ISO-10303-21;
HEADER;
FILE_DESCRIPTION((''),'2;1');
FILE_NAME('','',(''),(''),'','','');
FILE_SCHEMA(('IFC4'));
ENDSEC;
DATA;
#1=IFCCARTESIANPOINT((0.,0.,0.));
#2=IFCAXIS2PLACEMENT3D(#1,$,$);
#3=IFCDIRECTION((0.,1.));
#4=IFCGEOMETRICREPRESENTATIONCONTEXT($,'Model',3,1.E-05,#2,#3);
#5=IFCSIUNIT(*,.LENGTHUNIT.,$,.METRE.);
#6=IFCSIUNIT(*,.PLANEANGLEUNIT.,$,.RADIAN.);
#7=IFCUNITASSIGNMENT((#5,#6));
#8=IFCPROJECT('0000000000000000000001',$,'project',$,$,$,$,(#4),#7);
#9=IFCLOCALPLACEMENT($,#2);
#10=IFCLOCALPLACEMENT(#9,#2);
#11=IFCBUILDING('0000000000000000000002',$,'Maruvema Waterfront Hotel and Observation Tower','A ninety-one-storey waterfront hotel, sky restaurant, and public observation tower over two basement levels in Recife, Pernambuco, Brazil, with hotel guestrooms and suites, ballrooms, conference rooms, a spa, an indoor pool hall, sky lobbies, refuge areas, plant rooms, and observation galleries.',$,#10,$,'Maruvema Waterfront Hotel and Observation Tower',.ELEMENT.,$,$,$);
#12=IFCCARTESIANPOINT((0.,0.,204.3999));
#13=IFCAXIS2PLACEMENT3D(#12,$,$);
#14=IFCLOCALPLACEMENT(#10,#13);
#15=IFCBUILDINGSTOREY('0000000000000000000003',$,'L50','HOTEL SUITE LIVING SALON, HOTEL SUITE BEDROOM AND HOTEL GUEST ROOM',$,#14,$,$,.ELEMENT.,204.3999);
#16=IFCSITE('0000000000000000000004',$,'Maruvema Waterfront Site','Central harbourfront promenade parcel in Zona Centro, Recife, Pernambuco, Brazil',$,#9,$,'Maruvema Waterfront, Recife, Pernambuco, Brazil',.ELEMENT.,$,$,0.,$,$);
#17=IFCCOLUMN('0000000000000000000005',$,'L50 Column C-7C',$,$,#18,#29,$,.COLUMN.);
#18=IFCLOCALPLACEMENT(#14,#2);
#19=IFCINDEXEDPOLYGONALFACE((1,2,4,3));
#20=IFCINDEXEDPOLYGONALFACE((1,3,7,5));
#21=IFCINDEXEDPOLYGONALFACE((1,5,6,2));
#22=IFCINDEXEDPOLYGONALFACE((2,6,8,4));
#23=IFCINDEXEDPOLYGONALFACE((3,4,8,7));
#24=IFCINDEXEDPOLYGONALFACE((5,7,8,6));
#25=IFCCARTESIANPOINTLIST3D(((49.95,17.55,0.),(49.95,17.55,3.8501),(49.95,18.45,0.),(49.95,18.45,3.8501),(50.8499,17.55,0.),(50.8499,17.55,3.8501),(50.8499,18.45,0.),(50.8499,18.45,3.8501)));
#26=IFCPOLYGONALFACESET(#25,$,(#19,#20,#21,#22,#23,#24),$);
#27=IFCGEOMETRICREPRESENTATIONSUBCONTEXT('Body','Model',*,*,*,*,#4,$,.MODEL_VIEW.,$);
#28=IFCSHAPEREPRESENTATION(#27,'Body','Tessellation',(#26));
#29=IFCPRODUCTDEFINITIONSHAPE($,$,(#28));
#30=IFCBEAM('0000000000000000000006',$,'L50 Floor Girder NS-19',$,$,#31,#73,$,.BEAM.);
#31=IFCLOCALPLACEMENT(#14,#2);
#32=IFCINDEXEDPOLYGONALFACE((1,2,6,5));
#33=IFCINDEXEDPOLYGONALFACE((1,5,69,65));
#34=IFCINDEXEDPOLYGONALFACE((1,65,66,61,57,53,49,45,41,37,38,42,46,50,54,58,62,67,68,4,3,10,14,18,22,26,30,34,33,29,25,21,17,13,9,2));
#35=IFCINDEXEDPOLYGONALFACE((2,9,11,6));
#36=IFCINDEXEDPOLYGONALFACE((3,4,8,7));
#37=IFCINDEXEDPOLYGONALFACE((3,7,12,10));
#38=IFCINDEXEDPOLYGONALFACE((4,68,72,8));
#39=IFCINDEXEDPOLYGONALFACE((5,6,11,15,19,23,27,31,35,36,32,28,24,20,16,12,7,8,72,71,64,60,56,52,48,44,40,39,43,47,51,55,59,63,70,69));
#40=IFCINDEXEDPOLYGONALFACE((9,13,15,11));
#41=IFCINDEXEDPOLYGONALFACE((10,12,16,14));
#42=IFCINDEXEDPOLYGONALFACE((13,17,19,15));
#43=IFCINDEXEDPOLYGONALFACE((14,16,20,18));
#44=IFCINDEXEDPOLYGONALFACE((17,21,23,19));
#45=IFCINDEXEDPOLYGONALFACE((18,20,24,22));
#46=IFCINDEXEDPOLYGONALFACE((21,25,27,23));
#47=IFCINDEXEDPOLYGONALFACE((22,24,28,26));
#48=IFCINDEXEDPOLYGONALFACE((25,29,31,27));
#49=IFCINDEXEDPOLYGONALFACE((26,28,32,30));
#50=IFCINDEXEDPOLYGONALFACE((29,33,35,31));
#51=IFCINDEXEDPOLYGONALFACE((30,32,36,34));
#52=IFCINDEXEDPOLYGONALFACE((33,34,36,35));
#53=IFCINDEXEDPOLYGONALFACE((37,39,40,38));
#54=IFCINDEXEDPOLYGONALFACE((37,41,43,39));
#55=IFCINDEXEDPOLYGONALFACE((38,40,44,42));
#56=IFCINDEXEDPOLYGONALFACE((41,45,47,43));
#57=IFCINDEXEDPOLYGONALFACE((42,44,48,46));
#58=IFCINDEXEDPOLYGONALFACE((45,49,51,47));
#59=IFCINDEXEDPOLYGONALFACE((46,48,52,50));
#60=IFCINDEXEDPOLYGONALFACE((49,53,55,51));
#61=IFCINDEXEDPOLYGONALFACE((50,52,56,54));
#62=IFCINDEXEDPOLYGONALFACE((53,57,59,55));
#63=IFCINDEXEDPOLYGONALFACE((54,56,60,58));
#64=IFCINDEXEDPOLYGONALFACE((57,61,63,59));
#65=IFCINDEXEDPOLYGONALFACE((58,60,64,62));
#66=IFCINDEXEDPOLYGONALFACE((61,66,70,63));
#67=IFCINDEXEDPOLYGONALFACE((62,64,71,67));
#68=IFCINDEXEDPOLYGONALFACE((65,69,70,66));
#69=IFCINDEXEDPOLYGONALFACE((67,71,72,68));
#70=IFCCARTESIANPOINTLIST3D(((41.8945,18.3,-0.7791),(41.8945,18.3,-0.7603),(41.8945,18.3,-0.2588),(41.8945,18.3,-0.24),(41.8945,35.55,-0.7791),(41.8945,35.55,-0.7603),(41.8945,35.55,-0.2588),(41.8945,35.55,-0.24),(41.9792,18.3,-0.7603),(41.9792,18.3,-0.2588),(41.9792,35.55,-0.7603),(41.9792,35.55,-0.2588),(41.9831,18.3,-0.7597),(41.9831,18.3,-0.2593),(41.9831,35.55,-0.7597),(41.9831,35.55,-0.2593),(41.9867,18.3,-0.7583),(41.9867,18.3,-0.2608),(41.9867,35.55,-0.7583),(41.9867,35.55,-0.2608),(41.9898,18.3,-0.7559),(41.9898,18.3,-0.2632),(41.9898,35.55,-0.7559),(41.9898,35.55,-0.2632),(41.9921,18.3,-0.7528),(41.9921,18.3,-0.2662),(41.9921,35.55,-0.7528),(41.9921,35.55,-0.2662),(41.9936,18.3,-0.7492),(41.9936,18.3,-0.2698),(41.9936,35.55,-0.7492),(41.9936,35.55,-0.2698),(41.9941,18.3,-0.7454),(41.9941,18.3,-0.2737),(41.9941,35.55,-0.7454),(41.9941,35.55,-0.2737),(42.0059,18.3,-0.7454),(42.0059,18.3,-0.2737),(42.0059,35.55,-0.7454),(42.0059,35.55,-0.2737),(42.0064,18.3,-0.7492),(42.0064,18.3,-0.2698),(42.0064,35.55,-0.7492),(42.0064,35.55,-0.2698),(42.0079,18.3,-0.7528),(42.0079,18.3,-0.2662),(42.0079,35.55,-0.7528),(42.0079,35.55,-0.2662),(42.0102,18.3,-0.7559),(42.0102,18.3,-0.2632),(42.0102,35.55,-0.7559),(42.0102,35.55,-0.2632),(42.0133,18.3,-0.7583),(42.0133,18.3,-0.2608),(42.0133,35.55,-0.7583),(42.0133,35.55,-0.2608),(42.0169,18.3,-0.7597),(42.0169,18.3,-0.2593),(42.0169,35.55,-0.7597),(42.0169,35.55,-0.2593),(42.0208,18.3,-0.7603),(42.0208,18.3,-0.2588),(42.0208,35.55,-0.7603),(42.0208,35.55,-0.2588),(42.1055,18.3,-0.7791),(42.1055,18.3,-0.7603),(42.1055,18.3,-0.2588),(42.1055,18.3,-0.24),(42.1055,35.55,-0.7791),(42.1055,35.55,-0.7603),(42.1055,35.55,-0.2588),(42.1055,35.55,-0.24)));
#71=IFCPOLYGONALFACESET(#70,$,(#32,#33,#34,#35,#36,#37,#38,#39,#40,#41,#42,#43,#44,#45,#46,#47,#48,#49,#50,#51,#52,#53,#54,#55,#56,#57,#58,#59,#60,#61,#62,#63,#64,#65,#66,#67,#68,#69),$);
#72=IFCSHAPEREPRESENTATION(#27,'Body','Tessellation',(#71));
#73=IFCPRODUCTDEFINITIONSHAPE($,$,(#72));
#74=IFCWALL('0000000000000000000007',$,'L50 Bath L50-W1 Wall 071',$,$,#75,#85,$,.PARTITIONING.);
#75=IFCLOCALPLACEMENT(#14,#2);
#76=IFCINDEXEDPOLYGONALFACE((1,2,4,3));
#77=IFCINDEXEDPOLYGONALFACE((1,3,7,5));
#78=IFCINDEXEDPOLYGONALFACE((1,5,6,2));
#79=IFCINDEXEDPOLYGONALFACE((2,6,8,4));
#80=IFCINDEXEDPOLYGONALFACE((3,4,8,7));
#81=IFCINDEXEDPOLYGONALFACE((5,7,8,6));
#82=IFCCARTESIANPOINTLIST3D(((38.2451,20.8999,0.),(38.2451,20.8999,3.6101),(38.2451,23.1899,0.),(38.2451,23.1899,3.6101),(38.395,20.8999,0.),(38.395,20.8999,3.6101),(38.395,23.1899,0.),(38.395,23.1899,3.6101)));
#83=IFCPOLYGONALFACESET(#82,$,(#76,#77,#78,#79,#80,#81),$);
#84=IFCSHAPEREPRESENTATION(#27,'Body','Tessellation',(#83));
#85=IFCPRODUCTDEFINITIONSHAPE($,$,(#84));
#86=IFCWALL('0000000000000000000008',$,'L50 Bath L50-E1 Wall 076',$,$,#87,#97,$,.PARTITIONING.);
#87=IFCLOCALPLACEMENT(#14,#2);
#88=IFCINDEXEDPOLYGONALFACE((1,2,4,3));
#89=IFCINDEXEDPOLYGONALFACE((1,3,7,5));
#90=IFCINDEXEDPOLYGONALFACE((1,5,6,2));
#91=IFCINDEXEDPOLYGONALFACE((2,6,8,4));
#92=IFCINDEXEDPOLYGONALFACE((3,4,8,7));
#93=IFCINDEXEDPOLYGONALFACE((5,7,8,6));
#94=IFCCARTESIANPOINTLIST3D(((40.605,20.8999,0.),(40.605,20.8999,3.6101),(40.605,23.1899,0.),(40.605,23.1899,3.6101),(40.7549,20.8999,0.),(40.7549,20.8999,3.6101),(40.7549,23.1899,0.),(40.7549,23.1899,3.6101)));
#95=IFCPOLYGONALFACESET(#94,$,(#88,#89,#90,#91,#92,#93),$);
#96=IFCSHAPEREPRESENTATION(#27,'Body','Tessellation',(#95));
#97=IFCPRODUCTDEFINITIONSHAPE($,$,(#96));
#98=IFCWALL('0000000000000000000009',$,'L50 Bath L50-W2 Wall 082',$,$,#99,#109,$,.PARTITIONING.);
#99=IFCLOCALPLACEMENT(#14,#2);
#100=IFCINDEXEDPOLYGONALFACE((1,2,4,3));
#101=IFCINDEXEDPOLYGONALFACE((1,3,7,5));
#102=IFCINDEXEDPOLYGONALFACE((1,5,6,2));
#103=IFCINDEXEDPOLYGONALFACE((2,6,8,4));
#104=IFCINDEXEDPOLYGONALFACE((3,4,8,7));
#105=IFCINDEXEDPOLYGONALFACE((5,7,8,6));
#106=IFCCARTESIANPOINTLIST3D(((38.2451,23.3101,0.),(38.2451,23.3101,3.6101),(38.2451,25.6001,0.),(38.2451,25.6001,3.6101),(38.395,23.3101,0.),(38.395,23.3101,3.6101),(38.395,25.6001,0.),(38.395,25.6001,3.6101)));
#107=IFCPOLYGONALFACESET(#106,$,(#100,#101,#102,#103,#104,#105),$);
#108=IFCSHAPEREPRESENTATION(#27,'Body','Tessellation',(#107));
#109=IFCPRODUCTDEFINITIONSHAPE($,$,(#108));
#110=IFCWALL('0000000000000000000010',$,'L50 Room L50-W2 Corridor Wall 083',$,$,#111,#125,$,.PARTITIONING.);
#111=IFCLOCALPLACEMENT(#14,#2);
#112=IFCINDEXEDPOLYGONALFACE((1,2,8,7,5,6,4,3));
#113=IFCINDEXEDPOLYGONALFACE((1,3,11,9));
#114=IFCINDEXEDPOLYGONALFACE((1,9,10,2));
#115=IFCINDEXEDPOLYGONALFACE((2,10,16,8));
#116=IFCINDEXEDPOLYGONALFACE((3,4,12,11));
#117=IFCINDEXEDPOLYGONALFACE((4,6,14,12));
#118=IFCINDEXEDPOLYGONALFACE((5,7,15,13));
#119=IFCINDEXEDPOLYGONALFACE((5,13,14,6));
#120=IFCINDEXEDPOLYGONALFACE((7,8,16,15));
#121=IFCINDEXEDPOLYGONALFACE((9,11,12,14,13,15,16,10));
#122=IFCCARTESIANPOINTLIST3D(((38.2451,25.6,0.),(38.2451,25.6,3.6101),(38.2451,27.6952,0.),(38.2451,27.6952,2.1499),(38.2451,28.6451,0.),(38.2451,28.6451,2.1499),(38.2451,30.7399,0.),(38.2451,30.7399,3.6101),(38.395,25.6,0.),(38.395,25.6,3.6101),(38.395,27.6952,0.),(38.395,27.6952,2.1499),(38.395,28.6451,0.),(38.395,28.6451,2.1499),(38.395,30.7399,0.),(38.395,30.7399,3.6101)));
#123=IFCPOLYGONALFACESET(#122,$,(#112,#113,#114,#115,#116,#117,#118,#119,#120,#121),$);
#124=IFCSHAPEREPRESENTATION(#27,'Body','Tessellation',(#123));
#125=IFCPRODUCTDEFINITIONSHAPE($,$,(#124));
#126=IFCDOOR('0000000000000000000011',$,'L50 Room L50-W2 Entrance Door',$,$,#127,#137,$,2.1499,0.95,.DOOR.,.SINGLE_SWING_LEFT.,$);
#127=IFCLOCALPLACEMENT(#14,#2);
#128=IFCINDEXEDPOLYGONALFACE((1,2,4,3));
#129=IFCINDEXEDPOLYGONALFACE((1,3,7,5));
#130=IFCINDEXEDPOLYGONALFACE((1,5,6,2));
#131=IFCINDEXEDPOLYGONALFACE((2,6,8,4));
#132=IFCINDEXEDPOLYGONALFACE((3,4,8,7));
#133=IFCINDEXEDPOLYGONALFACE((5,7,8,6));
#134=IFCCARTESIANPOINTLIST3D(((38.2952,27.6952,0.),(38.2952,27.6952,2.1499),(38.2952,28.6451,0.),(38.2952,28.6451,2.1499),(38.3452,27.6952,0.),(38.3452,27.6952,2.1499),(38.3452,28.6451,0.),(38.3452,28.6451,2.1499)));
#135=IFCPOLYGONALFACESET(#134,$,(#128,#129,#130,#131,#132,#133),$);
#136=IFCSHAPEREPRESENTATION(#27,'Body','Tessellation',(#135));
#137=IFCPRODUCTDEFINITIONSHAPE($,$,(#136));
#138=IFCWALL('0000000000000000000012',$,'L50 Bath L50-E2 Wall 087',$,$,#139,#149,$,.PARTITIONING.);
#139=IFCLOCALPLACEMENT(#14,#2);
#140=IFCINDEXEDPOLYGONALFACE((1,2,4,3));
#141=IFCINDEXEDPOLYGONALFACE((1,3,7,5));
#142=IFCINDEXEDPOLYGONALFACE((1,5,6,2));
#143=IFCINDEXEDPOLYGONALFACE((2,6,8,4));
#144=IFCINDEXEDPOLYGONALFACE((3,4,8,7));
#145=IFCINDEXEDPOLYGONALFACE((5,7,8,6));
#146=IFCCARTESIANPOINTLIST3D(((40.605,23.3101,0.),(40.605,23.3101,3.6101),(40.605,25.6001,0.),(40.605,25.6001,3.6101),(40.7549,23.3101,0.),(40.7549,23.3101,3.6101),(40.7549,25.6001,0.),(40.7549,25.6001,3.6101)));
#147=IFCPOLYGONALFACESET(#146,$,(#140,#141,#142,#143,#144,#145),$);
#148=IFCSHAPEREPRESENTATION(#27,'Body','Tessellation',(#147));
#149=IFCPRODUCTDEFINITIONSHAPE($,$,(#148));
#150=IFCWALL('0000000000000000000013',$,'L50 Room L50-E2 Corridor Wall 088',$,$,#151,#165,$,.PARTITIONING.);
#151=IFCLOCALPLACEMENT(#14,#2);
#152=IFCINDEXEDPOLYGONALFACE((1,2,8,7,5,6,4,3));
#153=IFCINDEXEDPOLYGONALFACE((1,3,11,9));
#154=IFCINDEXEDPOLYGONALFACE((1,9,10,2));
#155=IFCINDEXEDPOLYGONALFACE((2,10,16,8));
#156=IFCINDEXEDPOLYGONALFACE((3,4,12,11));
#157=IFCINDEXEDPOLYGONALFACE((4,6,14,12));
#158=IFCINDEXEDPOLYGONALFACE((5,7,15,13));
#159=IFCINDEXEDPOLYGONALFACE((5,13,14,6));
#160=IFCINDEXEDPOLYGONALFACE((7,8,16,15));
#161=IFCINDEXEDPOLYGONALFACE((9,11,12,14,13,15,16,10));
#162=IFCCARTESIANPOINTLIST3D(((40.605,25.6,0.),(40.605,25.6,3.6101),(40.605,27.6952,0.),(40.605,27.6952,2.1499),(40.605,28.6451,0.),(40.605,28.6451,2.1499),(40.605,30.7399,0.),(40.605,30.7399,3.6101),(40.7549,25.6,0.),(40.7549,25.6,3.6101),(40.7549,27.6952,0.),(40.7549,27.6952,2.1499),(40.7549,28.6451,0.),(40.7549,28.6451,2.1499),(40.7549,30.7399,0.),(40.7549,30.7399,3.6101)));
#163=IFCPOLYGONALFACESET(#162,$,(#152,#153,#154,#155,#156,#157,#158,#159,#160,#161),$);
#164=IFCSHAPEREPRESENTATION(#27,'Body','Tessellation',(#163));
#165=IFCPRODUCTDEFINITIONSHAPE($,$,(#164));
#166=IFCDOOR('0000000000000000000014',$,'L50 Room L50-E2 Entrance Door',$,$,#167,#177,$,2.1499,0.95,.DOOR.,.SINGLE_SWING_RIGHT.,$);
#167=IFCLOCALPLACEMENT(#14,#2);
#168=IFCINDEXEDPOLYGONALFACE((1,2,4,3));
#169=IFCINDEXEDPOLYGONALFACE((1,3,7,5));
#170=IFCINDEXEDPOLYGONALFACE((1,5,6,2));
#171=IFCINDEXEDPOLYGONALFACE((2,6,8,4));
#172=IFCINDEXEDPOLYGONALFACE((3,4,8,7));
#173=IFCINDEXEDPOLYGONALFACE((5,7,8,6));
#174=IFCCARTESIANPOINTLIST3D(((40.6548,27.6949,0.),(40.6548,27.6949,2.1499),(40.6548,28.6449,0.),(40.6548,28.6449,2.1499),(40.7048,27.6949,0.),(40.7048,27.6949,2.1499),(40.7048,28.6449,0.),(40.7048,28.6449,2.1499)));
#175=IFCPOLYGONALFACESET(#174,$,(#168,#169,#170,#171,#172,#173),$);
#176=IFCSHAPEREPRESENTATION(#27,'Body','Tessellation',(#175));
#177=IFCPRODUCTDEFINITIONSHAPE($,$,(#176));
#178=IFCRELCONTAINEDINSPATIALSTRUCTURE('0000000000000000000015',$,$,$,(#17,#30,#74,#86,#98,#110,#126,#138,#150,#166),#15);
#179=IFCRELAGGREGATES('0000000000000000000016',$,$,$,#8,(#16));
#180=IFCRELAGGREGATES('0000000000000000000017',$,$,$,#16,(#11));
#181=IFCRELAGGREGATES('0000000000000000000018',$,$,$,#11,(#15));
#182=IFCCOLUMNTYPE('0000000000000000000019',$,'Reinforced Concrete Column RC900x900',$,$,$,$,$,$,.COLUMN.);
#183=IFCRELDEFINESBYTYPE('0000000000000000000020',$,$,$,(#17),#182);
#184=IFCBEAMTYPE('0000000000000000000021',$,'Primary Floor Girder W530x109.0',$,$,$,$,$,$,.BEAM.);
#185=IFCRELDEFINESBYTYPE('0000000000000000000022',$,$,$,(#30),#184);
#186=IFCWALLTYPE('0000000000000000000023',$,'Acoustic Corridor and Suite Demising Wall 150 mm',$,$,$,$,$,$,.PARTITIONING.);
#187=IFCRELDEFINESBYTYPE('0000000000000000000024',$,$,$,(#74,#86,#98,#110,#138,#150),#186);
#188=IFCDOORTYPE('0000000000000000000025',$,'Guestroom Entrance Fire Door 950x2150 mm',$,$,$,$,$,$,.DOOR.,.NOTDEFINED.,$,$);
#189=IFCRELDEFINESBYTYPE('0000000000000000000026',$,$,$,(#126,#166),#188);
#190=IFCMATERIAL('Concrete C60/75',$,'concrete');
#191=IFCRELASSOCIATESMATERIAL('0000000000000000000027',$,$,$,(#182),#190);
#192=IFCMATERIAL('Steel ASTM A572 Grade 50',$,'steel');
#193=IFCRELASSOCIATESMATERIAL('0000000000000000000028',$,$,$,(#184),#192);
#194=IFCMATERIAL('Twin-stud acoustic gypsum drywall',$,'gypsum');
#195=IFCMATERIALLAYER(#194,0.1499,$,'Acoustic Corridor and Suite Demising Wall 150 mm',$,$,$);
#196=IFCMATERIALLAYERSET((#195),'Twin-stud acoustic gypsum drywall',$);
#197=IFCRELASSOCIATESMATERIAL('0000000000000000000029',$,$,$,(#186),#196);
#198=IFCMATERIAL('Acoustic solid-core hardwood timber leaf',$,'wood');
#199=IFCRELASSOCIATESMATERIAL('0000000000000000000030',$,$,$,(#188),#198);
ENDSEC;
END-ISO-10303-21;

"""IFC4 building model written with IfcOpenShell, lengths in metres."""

from ifc_helpers import new_model, si_unit, direction, frame, frame_2d, origin, origin_2d, place, context, subcontext, project, spatial, rectangle, i_section, extrude, material, layer, layer_set, material_profile, profile_set, type_object, element, fill, save


model = new_model("IFC4")

# Units and contexts
model_context = context("Model", 3, precision=1e-05, world=origin(), true_north=direction((0.0, 1.0)))
body_context = subcontext(model_context, "Body", "Model", "MODEL_VIEW")
ifc_project = project(units=[si_unit("LENGTHUNIT", "METRE"), si_unit("PLANEANGLEUNIT", "RADIAN")], contexts=[model_context])

# Site, building, storey
site_placement = place(None, origin())
site = spatial("IfcSite", under=ifc_project, at=site_placement, Name="Maruvema Waterfront Site", Description="Central harbourfront promenade parcel in Zona Centro, Recife, Pernambuco, Brazil", LongName="Maruvema Waterfront, Recife, Pernambuco, Brazil", CompositionType="ELEMENT", RefElevation=0.0)
building_placement = place(site_placement, origin())
building = spatial("IfcBuilding", under=site, at=building_placement, Name="Maruvema Waterfront Hotel and Observation Tower", Description="A ninety-one-storey waterfront hotel, sky restaurant, and public observation tower over two basement levels in Recife, Pernambuco, Brazil, with hotel guestrooms and suites, ballrooms, conference rooms, a spa, an indoor pool hall, sky lobbies, refuge areas, plant rooms, and observation galleries.", LongName="Maruvema Waterfront Hotel and Observation Tower", CompositionType="ELEMENT")
storey_placement = place(building_placement, frame((0.0, 0.0, 204.3999)))
storey = spatial("IfcBuildingStorey", under=building, at=storey_placement, Name="L50", Description="HOTEL SUITE LIVING SALON, HOTEL SUITE BEDROOM AND HOTEL GUEST ROOM", CompositionType="ELEMENT", Elevation=204.3999)

# Column
ifc_material_1 = material(Name="Concrete C60/75", Category="concrete")
ifc_material_profile_1 = material_profile(ifc_material_1, rectangle(XDim=0.8999, YDim=0.8999, at=origin_2d()), Name="RC900x900")
ifc_profile_set_1 = profile_set([ifc_material_profile_1], Name="Concrete C60/75")
column_type = type_object("IfcColumnType", Name="Reinforced Concrete Column RC900x900", PredefinedType="COLUMN", material=ifc_profile_set_1)
column_placement = place(storey_placement, frame((50.3999, 18.0, 0.0), z_axis=(0.0, 0.0, 1.0), x_axis=(1.0, 0.0, 0.0)))
element("IfcColumn", 1, at=column_placement, inside=storey, type_object=column_type, Name="L50 Column C-7C", PredefinedType="COLUMN", context=body_context, shape_type="SweptSolid", body=[
    extrude(rectangle(XDim=0.8999, YDim=0.8999, at=origin_2d()), origin(), (0.0, 0.0, 1.0), 3.8501),
])

# Beam
ifc_material_2 = material(Name="Steel ASTM A572 Grade 50", Category="steel")
ifc_material_profile_2 = material_profile(ifc_material_2, i_section(OverallWidth=0.2109, OverallDepth=0.5391, WebThickness=0.0117, FlangeThickness=0.0188, FilletRadius=0.0149, at=origin_2d()), Name="W530x109.0")
ifc_profile_set_2 = profile_set([ifc_material_profile_2], Name="Steel ASTM A572 Grade 50")
beam_type = type_object("IfcBeamType", Name="Primary Floor Girder W530x109.0", PredefinedType="BEAM", material=ifc_profile_set_2)
beam_placement = place(storey_placement, frame((42.0, 18.3, -0.5095), z_axis=(0.0, 1.0, 0.0), x_axis=(-1.0, 0.0, 0.0)))
element("IfcBeam", 2, at=beam_placement, inside=storey, type_object=beam_type, Name="L50 Floor Girder NS-19", PredefinedType="BEAM", context=body_context, shape_type="SweptSolid", body=[
    extrude(i_section(OverallWidth=0.2109, OverallDepth=0.5391, WebThickness=0.0117, FlangeThickness=0.0188, FilletRadius=0.0149, at=origin_2d()), origin(), (0.0, 0.0, 1.0), 17.25),
])

# Walls
ifc_material_3 = material(Name="Twin-stud acoustic gypsum drywall", Category="gypsum")
ifc_layer_1 = layer(ifc_material_3, 0.1499, Name="Acoustic Corridor and Suite Demising Wall 150 mm")
ifc_layer_set_1 = layer_set([ifc_layer_1], Name="Twin-stud acoustic gypsum drywall")
wall_type_1 = type_object("IfcWallType", Name="Acoustic Corridor and Suite Demising Wall 150 mm", PredefinedType="PARTITIONING", material=ifc_layer_set_1)
for number, where, z_axis, x_axis, name in (
    (3, (38.3201, 20.8999, 0.0), (0.0, 0.0, 1.0), (0.0, 1.0, 0.0), "L50 Bath L50-W1 Wall 071"),
    (4, (40.6799, 20.8999, 0.0), (0.0, 0.0, 1.0), (0.0, 1.0, 0.0), "L50 Bath L50-E1 Wall 076"),
    (5, (38.3201, 23.3101, 0.0), (0.0, 0.0, 1.0), (0.0, 1.0, 0.0), "L50 Bath L50-W2 Wall 082"),
):
    element("IfcWall", number, at=place(storey_placement, frame(where, z_axis=z_axis, x_axis=x_axis)), inside=storey, type_object=wall_type_1, Name=name, PredefinedType="PARTITIONING", context=body_context, shape_type="SweptSolid", body=[
        extrude(rectangle(XDim=2.29, YDim=0.1499, at=frame_2d((1.145, 0.0))), origin(), (0.0, 0.0, 1.0), 3.6101),
    ])

# Wall, opening, door
wall_1_placement = place(storey_placement, frame((38.3201, 25.6001, 0.0), z_axis=(0.0, 0.0, 1.0), x_axis=(0.0, 1.0, 0.0)))
wall_1 = element("IfcWall", 6, at=wall_1_placement, inside=storey, type_object=wall_type_1, Name="L50 Room L50-W2 Corridor Wall 083", PredefinedType="PARTITIONING", context=body_context, shape_type="SweptSolid", body=[
    extrude(rectangle(XDim=5.1399, YDim=0.1499, at=frame_2d((2.5698, 0.0))), origin(), (0.0, 0.0, 1.0), 3.6101),
])
opening_1_placement = place(wall_1_placement, frame((2.095, 0.0, 0.0)))
opening_1 = element("IfcOpeningElement", 7, at=opening_1_placement, cuts=wall_1, PredefinedType="OPENING", context=body_context, shape_type="SweptSolid", body=[
    extrude(rectangle(XDim=0.95, YDim=2.1499, at=frame_2d((0.4751, 1.075))), frame((0.0, 0.085, 0.0), z_axis=(0.0, -1.0, 0.0), x_axis=(1.0, 0.0, 0.0)), (0.0, 0.0, 1.0), 0.1699),
])
ifc_material_4 = material(Name="Acoustic solid-core hardwood timber leaf", Category="wood")
door_type_1 = type_object("IfcDoorType", Name="Guestroom Entrance Fire Door 950x2150 mm", OperationType="NOTDEFINED", PredefinedType="DOOR", material=ifc_material_4)
door_1_placement = place(opening_1_placement, origin())
door_1 = element("IfcDoor", 8, at=door_1_placement, inside=storey, type_object=door_type_1, Name="L50 Room L50-W2 Entrance Door", OperationType="SINGLE_SWING_LEFT", OverallHeight=2.1499, OverallWidth=0.95, PredefinedType="DOOR", context=body_context, shape_type="SweptSolid", body=[
    extrude(rectangle(XDim=0.95, YDim=2.1499, at=frame_2d((0.4751, 1.075))), frame((0.0, 0.0249, 0.0), z_axis=(0.0, -1.0, 0.0), x_axis=(1.0, 0.0, 0.0)), (0.0, 0.0, 1.0), 0.05),
])
fill(opening_1, door_1)

# Wall
wall_2_placement = place(storey_placement, frame((40.6799, 23.3101, 0.0), z_axis=(0.0, 0.0, 1.0), x_axis=(0.0, 1.0, 0.0)))
element("IfcWall", 9, at=wall_2_placement, inside=storey, type_object=wall_type_1, Name="L50 Bath L50-E2 Wall 087", PredefinedType="PARTITIONING", context=body_context, shape_type="SweptSolid", body=[
    extrude(rectangle(XDim=2.29, YDim=0.1499, at=frame_2d((1.145, 0.0))), origin(), (0.0, 0.0, 1.0), 3.6101),
])

# Wall, opening, door
wall_3_placement = place(storey_placement, frame((40.6799, 25.6001, 0.0), z_axis=(0.0, 0.0, 1.0), x_axis=(0.0, 1.0, 0.0)))
wall_3 = element("IfcWall", 10, at=wall_3_placement, inside=storey, type_object=wall_type_1, Name="L50 Room L50-E2 Corridor Wall 088", PredefinedType="PARTITIONING", context=body_context, shape_type="SweptSolid", body=[
    extrude(rectangle(XDim=5.1399, YDim=0.1499, at=frame_2d((2.5698, 0.0))), origin(), (0.0, 0.0, 1.0), 3.6101),
])
opening_2_placement = place(wall_3_placement, frame((2.095, 0.0, 0.0)))
opening_2 = element("IfcOpeningElement", 11, at=opening_2_placement, cuts=wall_3, PredefinedType="OPENING", context=body_context, shape_type="SweptSolid", body=[
    extrude(rectangle(XDim=0.95, YDim=2.1499, at=frame_2d((0.4751, 1.075))), frame((0.0, 0.085, 0.0), z_axis=(0.0, -1.0, 0.0), x_axis=(1.0, 0.0, 0.0)), (0.0, 0.0, 1.0), 0.1699),
])
door_2_placement = place(opening_2_placement, frame((0.95, 0.0, 0.0), z_axis=(0.0, 0.0, 1.0), x_axis=(-1.0, 0.0, 0.0)))
door_2 = element("IfcDoor", 12, at=door_2_placement, inside=storey, type_object=door_type_1, Name="L50 Room L50-E2 Entrance Door", OperationType="SINGLE_SWING_RIGHT", OverallHeight=2.1499, OverallWidth=0.95, PredefinedType="DOOR", context=body_context, shape_type="SweptSolid", body=[
    extrude(rectangle(XDim=0.95, YDim=2.1499, at=frame_2d((0.4751, 1.075))), frame((0.0, 0.0249, 0.0), z_axis=(0.0, -1.0, 0.0), x_axis=(1.0, 0.0, 0.0)), (0.0, 0.0, 1.0), 0.05),
])
fill(opening_2, door_2)

save(model, "model.ifc")
